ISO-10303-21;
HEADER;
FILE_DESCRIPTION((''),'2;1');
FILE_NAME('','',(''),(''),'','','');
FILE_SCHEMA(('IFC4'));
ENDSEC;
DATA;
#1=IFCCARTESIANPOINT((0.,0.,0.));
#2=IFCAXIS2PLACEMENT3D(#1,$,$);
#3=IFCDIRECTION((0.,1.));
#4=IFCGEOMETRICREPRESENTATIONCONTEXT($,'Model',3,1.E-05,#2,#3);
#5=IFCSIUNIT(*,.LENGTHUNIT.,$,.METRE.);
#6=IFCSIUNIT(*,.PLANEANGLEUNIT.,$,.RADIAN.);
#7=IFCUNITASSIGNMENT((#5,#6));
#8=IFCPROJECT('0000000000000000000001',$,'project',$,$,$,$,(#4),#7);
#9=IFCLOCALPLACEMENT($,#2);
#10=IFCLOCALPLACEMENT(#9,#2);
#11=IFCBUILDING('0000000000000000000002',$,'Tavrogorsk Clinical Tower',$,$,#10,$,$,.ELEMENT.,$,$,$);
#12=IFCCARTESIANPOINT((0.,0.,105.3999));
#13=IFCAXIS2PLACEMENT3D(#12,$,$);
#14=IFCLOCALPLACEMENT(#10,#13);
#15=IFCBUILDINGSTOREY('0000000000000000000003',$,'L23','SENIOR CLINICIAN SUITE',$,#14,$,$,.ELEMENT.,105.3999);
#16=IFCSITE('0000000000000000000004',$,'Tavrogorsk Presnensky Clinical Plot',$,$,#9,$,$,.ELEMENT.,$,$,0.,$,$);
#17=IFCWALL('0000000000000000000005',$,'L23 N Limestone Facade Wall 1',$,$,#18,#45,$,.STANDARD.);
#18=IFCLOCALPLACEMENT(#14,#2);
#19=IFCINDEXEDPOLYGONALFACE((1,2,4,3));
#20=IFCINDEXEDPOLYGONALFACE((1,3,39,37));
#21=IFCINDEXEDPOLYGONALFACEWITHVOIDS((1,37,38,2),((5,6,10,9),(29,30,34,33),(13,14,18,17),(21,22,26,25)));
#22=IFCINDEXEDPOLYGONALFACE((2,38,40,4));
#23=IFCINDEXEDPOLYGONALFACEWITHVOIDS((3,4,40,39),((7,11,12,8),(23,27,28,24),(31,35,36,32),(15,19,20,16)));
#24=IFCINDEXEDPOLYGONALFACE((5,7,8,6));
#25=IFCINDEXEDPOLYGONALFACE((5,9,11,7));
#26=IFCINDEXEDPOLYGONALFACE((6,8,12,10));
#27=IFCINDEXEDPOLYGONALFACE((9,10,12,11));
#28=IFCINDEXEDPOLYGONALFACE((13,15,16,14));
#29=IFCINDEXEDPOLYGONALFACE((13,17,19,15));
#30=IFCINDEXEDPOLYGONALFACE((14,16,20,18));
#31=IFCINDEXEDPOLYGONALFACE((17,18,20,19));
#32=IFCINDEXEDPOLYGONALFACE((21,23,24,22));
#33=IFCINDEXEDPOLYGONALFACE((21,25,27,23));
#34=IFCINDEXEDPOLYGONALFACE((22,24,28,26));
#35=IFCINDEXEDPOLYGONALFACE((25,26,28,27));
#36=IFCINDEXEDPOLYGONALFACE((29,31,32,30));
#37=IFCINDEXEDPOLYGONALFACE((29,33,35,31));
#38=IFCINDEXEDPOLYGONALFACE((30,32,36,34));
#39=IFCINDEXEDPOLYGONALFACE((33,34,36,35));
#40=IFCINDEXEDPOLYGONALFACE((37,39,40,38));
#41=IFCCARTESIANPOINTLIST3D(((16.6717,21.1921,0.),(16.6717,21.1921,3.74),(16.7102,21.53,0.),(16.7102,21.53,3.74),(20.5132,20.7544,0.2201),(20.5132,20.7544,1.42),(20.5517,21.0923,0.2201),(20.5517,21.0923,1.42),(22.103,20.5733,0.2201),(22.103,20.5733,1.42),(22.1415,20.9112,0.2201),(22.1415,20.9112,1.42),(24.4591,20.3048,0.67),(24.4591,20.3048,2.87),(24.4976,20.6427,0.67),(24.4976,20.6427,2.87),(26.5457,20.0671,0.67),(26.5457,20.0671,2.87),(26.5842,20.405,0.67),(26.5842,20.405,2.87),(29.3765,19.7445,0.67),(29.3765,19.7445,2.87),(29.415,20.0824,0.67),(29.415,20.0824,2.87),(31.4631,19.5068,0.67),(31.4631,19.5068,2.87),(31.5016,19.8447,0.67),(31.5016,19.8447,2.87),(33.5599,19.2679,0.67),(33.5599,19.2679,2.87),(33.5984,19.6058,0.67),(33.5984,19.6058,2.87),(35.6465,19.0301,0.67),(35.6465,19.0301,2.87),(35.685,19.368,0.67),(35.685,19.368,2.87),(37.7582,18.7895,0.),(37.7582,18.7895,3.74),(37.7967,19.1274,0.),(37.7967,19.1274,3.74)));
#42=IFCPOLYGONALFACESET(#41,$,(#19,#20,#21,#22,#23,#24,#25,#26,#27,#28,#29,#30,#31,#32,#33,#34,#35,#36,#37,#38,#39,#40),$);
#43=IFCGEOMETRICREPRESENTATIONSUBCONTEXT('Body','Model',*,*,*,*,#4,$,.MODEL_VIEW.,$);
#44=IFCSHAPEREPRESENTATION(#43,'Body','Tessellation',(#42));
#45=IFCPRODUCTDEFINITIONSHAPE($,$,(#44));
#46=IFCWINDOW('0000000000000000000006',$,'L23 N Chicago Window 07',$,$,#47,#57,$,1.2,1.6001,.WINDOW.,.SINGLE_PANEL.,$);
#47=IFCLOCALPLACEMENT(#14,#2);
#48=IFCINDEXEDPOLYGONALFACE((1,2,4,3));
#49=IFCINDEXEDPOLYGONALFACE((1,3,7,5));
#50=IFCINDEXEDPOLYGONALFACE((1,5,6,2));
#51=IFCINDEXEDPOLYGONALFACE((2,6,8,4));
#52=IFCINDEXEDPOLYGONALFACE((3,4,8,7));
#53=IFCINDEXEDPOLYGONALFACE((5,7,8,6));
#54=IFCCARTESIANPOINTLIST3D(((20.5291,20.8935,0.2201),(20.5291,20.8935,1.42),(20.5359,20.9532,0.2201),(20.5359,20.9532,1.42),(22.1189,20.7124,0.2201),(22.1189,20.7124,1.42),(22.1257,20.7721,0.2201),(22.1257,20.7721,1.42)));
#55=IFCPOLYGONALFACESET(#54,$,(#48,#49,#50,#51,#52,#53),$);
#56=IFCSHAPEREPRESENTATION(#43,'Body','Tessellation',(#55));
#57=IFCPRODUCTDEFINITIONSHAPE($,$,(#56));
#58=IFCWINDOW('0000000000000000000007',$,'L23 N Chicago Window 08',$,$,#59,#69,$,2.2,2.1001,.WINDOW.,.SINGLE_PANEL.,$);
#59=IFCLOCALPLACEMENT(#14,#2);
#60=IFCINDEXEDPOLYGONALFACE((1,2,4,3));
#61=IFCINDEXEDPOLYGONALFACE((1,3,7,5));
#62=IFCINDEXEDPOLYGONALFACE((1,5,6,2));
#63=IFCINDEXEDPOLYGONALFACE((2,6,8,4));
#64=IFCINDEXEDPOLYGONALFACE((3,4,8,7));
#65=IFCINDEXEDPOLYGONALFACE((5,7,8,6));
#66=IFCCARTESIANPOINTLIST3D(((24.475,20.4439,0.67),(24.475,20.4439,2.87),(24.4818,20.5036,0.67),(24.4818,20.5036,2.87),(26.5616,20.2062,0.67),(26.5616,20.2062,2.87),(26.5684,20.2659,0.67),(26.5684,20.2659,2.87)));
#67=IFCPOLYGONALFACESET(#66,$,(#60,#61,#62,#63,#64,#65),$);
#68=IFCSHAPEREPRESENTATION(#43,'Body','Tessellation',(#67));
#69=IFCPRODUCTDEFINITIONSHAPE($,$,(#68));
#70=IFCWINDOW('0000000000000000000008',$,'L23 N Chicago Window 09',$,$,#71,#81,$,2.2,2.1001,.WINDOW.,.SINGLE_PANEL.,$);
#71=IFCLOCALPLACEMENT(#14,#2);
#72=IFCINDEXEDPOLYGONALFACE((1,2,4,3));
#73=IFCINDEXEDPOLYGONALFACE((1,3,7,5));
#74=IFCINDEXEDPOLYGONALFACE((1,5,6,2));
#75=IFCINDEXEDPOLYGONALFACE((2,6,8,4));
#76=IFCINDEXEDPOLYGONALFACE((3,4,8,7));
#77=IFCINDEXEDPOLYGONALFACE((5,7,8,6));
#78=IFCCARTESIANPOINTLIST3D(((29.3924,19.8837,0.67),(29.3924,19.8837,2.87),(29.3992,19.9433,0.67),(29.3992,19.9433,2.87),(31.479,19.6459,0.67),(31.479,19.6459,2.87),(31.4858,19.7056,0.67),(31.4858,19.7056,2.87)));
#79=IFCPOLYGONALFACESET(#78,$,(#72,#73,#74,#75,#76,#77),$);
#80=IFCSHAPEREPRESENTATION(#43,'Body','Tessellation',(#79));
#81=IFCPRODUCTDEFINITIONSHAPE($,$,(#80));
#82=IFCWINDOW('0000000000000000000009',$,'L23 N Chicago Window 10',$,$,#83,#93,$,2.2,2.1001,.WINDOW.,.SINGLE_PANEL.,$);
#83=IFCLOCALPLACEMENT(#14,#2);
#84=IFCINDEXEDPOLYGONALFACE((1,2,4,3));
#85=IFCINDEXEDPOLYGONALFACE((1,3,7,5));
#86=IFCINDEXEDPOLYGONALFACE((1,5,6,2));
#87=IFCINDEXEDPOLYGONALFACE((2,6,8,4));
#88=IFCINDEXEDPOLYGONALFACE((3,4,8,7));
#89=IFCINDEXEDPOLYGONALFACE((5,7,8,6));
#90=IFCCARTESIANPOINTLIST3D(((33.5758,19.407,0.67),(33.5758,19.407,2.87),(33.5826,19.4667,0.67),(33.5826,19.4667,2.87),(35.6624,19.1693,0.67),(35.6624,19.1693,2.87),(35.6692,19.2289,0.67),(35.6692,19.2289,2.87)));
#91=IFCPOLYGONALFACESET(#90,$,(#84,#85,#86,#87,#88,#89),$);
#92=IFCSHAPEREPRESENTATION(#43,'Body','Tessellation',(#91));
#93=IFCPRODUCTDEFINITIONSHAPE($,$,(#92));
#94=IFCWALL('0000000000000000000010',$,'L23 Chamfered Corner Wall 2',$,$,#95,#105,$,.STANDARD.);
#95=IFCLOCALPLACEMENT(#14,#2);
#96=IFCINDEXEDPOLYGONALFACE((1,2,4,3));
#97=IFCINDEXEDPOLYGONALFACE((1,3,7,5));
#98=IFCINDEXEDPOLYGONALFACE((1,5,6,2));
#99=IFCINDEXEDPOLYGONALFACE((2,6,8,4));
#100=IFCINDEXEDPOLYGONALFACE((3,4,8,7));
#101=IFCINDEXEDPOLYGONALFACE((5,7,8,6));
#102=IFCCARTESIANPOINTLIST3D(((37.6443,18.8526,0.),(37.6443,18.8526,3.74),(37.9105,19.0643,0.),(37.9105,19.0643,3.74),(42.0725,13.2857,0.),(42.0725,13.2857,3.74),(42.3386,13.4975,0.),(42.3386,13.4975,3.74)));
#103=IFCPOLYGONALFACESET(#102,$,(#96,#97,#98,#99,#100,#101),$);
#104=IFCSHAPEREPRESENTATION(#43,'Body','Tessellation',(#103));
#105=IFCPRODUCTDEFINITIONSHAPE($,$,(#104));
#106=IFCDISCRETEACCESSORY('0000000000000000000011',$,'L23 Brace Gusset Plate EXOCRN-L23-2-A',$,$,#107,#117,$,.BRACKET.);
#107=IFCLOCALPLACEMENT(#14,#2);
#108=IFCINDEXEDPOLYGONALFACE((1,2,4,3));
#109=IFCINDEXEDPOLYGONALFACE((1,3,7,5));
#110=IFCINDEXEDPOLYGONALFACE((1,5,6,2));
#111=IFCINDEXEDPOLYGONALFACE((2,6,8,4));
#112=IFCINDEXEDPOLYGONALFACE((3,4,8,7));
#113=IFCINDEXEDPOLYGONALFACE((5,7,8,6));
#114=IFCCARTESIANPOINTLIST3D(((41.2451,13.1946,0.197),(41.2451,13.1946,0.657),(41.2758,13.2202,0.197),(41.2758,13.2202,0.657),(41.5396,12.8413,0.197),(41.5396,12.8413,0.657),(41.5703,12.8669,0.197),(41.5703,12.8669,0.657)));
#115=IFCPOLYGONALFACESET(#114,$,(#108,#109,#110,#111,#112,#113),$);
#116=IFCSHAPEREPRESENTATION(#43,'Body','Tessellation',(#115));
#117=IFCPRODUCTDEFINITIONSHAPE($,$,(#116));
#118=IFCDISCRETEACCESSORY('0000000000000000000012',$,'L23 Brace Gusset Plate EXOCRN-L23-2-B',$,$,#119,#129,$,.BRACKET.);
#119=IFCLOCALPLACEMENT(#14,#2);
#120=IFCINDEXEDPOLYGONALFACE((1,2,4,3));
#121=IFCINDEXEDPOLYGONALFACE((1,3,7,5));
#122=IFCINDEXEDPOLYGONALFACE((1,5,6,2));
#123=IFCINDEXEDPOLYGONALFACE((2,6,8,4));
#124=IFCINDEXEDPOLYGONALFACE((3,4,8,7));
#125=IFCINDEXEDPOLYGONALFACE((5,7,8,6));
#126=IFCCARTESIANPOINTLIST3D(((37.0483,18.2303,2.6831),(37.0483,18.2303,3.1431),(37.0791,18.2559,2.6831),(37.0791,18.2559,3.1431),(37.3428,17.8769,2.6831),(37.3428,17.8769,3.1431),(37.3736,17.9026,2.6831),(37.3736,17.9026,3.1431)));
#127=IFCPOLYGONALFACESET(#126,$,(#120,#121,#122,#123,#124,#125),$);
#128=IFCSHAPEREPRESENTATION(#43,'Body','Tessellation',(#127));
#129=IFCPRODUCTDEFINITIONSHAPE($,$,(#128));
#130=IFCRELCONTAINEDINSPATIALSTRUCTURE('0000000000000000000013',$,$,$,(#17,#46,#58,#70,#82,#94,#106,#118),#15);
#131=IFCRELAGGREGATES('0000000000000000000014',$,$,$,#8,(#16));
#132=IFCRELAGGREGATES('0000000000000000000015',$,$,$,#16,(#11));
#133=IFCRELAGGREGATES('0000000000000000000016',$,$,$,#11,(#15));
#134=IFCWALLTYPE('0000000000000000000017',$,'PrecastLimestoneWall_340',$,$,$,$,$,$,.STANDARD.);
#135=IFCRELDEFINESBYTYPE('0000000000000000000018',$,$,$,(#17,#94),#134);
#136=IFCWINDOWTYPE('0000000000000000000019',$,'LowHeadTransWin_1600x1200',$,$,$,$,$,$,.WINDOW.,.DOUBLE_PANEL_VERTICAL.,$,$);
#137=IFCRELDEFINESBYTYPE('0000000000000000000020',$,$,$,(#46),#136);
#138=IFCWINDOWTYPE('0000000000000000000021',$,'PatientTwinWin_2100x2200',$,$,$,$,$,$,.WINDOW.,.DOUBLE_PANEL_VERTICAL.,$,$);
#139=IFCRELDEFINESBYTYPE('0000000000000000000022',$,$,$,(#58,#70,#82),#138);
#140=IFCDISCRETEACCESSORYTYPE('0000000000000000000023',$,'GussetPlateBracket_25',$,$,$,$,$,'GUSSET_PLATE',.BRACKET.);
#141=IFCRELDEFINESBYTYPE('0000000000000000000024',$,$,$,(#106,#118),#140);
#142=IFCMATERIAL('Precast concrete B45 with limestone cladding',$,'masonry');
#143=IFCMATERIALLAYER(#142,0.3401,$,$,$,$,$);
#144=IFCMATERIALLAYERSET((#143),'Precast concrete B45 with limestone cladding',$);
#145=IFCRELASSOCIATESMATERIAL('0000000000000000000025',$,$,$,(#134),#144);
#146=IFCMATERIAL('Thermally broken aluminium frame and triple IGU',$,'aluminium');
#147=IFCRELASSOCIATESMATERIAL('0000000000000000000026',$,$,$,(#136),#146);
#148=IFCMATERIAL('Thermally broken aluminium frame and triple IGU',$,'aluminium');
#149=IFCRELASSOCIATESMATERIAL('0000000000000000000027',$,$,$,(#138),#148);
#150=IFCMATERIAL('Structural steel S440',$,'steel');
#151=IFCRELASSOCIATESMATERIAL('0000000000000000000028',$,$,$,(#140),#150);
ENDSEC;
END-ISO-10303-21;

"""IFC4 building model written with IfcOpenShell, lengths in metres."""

from ifc_helpers import new_model, si_unit, direction, frame, frame_2d, origin, origin_2d, place, context, subcontext, project, spatial, rectangle, extrude, material, layer, layer_set, type_object, element, fill, save


model = new_model("IFC4")

# Units and contexts
model_context = context("Model", 3, precision=1e-05, world=origin(), true_north=direction((0.0, 1.0)))
body_context = subcontext(model_context, "Body", "Model", "MODEL_VIEW")
ifc_project = project(units=[si_unit("LENGTHUNIT", "METRE"), si_unit("PLANEANGLEUNIT", "RADIAN")], contexts=[model_context])

# Site, building, storey
site_placement = place(None, origin())
site = spatial("IfcSite", under=ifc_project, at=site_placement, Name="Tavrogorsk Presnensky Clinical Plot", CompositionType="ELEMENT", RefElevation=0.0)
building_placement = place(site_placement, origin())
building = spatial("IfcBuilding", under=site, at=building_placement, Name="Tavrogorsk Clinical Tower", CompositionType="ELEMENT")
storey_placement = place(building_placement, frame((0.0, 0.0, 105.3999)))
storey = spatial("IfcBuildingStorey", under=building, at=storey_placement, Name="L23", Description="SENIOR CLINICIAN SUITE", CompositionType="ELEMENT", Elevation=105.3999)

# Wall, openings, windows
ifc_material_1 = material(Name="Precast concrete B45 with limestone cladding", Category="masonry")
ifc_layer_1 = layer(ifc_material_1, 0.3401)
ifc_layer_set_1 = layer_set([ifc_layer_1], Name="Precast concrete B45 with limestone cladding")
wall_type_1 = type_object("IfcWallType", Name="PrecastLimestoneWall_340", PredefinedType="STANDARD", material=ifc_layer_set_1)
wall_1_placement = place(storey_placement, frame((37.7773, 18.9585, 0.0), z_axis=(0.0, 0.0, 1.0), x_axis=(-0.993571, 0.113208, 0.0)))
wall_1 = element("IfcWall", 1, at=wall_1_placement, inside=storey, type_object=wall_type_1, Name="L23 N Limestone Facade Wall 1", PredefinedType="STANDARD", context=body_context, shape_type="SweptSolid", body=[
    extrude(rectangle(XDim=21.2229, YDim=0.3401, at=frame_2d((10.6113, 0.0))), origin(), (0.0, 0.0, 1.0), 3.74),
])
opening_1_placement = place(wall_1_placement, frame((15.7563, 0.0, 0.22)))
opening_1 = element("IfcOpeningElement", 2, at=opening_1_placement, cuts=wall_1, PredefinedType="OPENING", context=body_context, shape_type="SweptSolid", body=[
    extrude(rectangle(XDim=1.6001, YDim=1.2, at=frame_2d((0.8, 0.6001))), frame((0.0, 0.1799, 0.0), z_axis=(0.0, -1.0, 0.0), x_axis=(1.0, 0.0, 0.0)), (0.0, 0.0, 1.0), 0.3601),
])
opening_2_placement = place(wall_1_placement, frame((11.2849, 0.0, 0.6699)))
opening_2 = element("IfcOpeningElement", 3, at=opening_2_placement, cuts=wall_1, PredefinedType="OPENING", context=body_context, shape_type="SweptSolid", body=[
    extrude(rectangle(XDim=2.1001, YDim=2.2, at=frame_2d((1.05, 1.1001))), frame((0.0, 0.1799, 0.0), z_axis=(0.0, -1.0, 0.0), x_axis=(1.0, 0.0, 0.0)), (0.0, 0.0, 1.0), 0.3601),
])
opening_3_placement = place(wall_1_placement, frame((6.3357, 0.0, 0.6699)))
opening_3 = element("IfcOpeningElement", 4, at=opening_3_placement, cuts=wall_1, PredefinedType="OPENING", context=body_context, shape_type="SweptSolid", body=[
    extrude(rectangle(XDim=2.1001, YDim=2.2, at=frame_2d((1.05, 1.1001))), frame((0.0, 0.1799, 0.0), z_axis=(0.0, -1.0, 0.0), x_axis=(1.0, 0.0, 0.0)), (0.0, 0.0, 1.0), 0.3601),
])
opening_4_placement = place(wall_1_placement, frame((2.1252, 0.0, 0.6699)))
opening_4 = element("IfcOpeningElement", 5, at=opening_4_placement, cuts=wall_1, PredefinedType="OPENING", context=body_context, shape_type="SweptSolid", body=[
    extrude(rectangle(XDim=2.1001, YDim=2.2, at=frame_2d((1.05, 1.1001))), frame((0.0, 0.1799, 0.0), z_axis=(0.0, -1.0, 0.0), x_axis=(1.0, 0.0, 0.0)), (0.0, 0.0, 1.0), 0.3601),
])
ifc_material_2 = material(Name="Thermally broken aluminium frame and triple IGU", Category="aluminium")
window_type_1 = type_object("IfcWindowType", Name="LowHeadTransWin_1600x1200", PartitioningType="DOUBLE_PANEL_VERTICAL", PredefinedType="WINDOW", material=ifc_material_2)
window_1_placement = place(opening_1_placement, origin())
window_1 = element("IfcWindow", 6, at=window_1_placement, inside=storey, type_object=window_type_1, Name="L23 N Chicago Window 07", OverallHeight=1.2, OverallWidth=1.6001, PartitioningType="SINGLE_PANEL", PredefinedType="WINDOW", context=body_context, shape_type="SweptSolid", body=[
    extrude(rectangle(XDim=1.6001, YDim=1.2, at=frame_2d((0.8, 0.6001))), frame((0.0, 0.03, 0.0), z_axis=(0.0, -1.0, 0.0), x_axis=(1.0, 0.0, 0.0)), (0.0, 0.0, 1.0), 0.0601),
])
fill(opening_1, window_1)
ifc_material_3 = material(Name="Thermally broken aluminium frame and triple IGU", Category="aluminium")
window_type_2 = type_object("IfcWindowType", Name="PatientTwinWin_2100x2200", PartitioningType="DOUBLE_PANEL_VERTICAL", PredefinedType="WINDOW", material=ifc_material_3)
window_2_placement = place(opening_2_placement, origin())
window_2 = element("IfcWindow", 7, at=window_2_placement, inside=storey, type_object=window_type_2, Name="L23 N Chicago Window 08", OverallHeight=2.2, OverallWidth=2.1001, PartitioningType="SINGLE_PANEL", PredefinedType="WINDOW", context=body_context, shape_type="SweptSolid", body=[
    extrude(rectangle(XDim=2.1001, YDim=2.2, at=frame_2d((1.05, 1.1001))), frame((0.0, 0.03, 0.0), z_axis=(0.0, -1.0, 0.0), x_axis=(1.0, 0.0, 0.0)), (0.0, 0.0, 1.0), 0.0601),
])
fill(opening_2, window_2)
window_3_placement = place(opening_3_placement, origin())
window_3 = element("IfcWindow", 8, at=window_3_placement, inside=storey, type_object=window_type_2, Name="L23 N Chicago Window 09", OverallHeight=2.2, OverallWidth=2.1001, PartitioningType="SINGLE_PANEL", PredefinedType="WINDOW", context=body_context, shape_type="SweptSolid", body=[
    extrude(rectangle(XDim=2.1001, YDim=2.2, at=frame_2d((1.05, 1.1001))), frame((0.0, 0.03, 0.0), z_axis=(0.0, -1.0, 0.0), x_axis=(1.0, 0.0, 0.0)), (0.0, 0.0, 1.0), 0.0601),
])
fill(opening_3, window_3)
window_4_placement = place(opening_4_placement, origin())
window_4 = element("IfcWindow", 9, at=window_4_placement, inside=storey, type_object=window_type_2, Name="L23 N Chicago Window 10", OverallHeight=2.2, OverallWidth=2.1001, PartitioningType="SINGLE_PANEL", PredefinedType="WINDOW", context=body_context, shape_type="SweptSolid", body=[
    extrude(rectangle(XDim=2.1001, YDim=2.2, at=frame_2d((1.05, 1.1001))), frame((0.0, 0.03, 0.0), z_axis=(0.0, -1.0, 0.0), x_axis=(1.0, 0.0, 0.0)), (0.0, 0.0, 1.0), 0.0601),
])
fill(opening_4, window_4)

# Wall
wall_2_placement = place(storey_placement, frame((42.2056, 13.3916, 0.0), z_axis=(0.0, 0.0, 1.0), x_axis=(-0.622525, 0.7826, 0.0)))
element("IfcWall", 10, at=wall_2_placement, inside=storey, type_object=wall_type_1, Name="L23 Chamfered Corner Wall 2", PredefinedType="STANDARD", context=body_context, shape_type="SweptSolid", body=[
    extrude(rectangle(XDim=7.1133, YDim=0.3401, at=frame_2d((3.5566, 0.0))), origin(), (0.0, 0.0, 1.0), 3.74),
])

# Discrete accessories
ifc_material_4 = material(Name="Structural steel S440", Category="steel")
discrete_accessory_type = type_object("IfcDiscreteAccessoryType", Name="GussetPlateBracket_25", ElementType="GUSSET_PLATE", PredefinedType="BRACKET", material=ifc_material_4)
for number, where, z_axis, x_axis, name in (
    (11, (41.4077, 13.0308, 0.197), (0.0, 0.0, 1.0), (-0.640244, 0.768172, 0.0), "L23 Brace Gusset Plate EXOCRN-L23-2-A"),
    (12, (37.2109, 18.0664, 2.6831), (0.0, 0.0, 1.0), (-0.640244, 0.768172, 0.0), "L23 Brace Gusset Plate EXOCRN-L23-2-B"),
):
    element("IfcDiscreteAccessory", number, at=place(storey_placement, frame(where, z_axis=z_axis, x_axis=x_axis)), inside=storey, type_object=discrete_accessory_type, Name=name, PredefinedType="BRACKET", context=body_context, shape_type="SweptSolid", body=[
        extrude(rectangle(XDim=0.46, YDim=0.04, at=origin_2d()), origin(), (0.0, 0.0, 1.0), 0.46),
    ])

save(model, "model.ifc")
